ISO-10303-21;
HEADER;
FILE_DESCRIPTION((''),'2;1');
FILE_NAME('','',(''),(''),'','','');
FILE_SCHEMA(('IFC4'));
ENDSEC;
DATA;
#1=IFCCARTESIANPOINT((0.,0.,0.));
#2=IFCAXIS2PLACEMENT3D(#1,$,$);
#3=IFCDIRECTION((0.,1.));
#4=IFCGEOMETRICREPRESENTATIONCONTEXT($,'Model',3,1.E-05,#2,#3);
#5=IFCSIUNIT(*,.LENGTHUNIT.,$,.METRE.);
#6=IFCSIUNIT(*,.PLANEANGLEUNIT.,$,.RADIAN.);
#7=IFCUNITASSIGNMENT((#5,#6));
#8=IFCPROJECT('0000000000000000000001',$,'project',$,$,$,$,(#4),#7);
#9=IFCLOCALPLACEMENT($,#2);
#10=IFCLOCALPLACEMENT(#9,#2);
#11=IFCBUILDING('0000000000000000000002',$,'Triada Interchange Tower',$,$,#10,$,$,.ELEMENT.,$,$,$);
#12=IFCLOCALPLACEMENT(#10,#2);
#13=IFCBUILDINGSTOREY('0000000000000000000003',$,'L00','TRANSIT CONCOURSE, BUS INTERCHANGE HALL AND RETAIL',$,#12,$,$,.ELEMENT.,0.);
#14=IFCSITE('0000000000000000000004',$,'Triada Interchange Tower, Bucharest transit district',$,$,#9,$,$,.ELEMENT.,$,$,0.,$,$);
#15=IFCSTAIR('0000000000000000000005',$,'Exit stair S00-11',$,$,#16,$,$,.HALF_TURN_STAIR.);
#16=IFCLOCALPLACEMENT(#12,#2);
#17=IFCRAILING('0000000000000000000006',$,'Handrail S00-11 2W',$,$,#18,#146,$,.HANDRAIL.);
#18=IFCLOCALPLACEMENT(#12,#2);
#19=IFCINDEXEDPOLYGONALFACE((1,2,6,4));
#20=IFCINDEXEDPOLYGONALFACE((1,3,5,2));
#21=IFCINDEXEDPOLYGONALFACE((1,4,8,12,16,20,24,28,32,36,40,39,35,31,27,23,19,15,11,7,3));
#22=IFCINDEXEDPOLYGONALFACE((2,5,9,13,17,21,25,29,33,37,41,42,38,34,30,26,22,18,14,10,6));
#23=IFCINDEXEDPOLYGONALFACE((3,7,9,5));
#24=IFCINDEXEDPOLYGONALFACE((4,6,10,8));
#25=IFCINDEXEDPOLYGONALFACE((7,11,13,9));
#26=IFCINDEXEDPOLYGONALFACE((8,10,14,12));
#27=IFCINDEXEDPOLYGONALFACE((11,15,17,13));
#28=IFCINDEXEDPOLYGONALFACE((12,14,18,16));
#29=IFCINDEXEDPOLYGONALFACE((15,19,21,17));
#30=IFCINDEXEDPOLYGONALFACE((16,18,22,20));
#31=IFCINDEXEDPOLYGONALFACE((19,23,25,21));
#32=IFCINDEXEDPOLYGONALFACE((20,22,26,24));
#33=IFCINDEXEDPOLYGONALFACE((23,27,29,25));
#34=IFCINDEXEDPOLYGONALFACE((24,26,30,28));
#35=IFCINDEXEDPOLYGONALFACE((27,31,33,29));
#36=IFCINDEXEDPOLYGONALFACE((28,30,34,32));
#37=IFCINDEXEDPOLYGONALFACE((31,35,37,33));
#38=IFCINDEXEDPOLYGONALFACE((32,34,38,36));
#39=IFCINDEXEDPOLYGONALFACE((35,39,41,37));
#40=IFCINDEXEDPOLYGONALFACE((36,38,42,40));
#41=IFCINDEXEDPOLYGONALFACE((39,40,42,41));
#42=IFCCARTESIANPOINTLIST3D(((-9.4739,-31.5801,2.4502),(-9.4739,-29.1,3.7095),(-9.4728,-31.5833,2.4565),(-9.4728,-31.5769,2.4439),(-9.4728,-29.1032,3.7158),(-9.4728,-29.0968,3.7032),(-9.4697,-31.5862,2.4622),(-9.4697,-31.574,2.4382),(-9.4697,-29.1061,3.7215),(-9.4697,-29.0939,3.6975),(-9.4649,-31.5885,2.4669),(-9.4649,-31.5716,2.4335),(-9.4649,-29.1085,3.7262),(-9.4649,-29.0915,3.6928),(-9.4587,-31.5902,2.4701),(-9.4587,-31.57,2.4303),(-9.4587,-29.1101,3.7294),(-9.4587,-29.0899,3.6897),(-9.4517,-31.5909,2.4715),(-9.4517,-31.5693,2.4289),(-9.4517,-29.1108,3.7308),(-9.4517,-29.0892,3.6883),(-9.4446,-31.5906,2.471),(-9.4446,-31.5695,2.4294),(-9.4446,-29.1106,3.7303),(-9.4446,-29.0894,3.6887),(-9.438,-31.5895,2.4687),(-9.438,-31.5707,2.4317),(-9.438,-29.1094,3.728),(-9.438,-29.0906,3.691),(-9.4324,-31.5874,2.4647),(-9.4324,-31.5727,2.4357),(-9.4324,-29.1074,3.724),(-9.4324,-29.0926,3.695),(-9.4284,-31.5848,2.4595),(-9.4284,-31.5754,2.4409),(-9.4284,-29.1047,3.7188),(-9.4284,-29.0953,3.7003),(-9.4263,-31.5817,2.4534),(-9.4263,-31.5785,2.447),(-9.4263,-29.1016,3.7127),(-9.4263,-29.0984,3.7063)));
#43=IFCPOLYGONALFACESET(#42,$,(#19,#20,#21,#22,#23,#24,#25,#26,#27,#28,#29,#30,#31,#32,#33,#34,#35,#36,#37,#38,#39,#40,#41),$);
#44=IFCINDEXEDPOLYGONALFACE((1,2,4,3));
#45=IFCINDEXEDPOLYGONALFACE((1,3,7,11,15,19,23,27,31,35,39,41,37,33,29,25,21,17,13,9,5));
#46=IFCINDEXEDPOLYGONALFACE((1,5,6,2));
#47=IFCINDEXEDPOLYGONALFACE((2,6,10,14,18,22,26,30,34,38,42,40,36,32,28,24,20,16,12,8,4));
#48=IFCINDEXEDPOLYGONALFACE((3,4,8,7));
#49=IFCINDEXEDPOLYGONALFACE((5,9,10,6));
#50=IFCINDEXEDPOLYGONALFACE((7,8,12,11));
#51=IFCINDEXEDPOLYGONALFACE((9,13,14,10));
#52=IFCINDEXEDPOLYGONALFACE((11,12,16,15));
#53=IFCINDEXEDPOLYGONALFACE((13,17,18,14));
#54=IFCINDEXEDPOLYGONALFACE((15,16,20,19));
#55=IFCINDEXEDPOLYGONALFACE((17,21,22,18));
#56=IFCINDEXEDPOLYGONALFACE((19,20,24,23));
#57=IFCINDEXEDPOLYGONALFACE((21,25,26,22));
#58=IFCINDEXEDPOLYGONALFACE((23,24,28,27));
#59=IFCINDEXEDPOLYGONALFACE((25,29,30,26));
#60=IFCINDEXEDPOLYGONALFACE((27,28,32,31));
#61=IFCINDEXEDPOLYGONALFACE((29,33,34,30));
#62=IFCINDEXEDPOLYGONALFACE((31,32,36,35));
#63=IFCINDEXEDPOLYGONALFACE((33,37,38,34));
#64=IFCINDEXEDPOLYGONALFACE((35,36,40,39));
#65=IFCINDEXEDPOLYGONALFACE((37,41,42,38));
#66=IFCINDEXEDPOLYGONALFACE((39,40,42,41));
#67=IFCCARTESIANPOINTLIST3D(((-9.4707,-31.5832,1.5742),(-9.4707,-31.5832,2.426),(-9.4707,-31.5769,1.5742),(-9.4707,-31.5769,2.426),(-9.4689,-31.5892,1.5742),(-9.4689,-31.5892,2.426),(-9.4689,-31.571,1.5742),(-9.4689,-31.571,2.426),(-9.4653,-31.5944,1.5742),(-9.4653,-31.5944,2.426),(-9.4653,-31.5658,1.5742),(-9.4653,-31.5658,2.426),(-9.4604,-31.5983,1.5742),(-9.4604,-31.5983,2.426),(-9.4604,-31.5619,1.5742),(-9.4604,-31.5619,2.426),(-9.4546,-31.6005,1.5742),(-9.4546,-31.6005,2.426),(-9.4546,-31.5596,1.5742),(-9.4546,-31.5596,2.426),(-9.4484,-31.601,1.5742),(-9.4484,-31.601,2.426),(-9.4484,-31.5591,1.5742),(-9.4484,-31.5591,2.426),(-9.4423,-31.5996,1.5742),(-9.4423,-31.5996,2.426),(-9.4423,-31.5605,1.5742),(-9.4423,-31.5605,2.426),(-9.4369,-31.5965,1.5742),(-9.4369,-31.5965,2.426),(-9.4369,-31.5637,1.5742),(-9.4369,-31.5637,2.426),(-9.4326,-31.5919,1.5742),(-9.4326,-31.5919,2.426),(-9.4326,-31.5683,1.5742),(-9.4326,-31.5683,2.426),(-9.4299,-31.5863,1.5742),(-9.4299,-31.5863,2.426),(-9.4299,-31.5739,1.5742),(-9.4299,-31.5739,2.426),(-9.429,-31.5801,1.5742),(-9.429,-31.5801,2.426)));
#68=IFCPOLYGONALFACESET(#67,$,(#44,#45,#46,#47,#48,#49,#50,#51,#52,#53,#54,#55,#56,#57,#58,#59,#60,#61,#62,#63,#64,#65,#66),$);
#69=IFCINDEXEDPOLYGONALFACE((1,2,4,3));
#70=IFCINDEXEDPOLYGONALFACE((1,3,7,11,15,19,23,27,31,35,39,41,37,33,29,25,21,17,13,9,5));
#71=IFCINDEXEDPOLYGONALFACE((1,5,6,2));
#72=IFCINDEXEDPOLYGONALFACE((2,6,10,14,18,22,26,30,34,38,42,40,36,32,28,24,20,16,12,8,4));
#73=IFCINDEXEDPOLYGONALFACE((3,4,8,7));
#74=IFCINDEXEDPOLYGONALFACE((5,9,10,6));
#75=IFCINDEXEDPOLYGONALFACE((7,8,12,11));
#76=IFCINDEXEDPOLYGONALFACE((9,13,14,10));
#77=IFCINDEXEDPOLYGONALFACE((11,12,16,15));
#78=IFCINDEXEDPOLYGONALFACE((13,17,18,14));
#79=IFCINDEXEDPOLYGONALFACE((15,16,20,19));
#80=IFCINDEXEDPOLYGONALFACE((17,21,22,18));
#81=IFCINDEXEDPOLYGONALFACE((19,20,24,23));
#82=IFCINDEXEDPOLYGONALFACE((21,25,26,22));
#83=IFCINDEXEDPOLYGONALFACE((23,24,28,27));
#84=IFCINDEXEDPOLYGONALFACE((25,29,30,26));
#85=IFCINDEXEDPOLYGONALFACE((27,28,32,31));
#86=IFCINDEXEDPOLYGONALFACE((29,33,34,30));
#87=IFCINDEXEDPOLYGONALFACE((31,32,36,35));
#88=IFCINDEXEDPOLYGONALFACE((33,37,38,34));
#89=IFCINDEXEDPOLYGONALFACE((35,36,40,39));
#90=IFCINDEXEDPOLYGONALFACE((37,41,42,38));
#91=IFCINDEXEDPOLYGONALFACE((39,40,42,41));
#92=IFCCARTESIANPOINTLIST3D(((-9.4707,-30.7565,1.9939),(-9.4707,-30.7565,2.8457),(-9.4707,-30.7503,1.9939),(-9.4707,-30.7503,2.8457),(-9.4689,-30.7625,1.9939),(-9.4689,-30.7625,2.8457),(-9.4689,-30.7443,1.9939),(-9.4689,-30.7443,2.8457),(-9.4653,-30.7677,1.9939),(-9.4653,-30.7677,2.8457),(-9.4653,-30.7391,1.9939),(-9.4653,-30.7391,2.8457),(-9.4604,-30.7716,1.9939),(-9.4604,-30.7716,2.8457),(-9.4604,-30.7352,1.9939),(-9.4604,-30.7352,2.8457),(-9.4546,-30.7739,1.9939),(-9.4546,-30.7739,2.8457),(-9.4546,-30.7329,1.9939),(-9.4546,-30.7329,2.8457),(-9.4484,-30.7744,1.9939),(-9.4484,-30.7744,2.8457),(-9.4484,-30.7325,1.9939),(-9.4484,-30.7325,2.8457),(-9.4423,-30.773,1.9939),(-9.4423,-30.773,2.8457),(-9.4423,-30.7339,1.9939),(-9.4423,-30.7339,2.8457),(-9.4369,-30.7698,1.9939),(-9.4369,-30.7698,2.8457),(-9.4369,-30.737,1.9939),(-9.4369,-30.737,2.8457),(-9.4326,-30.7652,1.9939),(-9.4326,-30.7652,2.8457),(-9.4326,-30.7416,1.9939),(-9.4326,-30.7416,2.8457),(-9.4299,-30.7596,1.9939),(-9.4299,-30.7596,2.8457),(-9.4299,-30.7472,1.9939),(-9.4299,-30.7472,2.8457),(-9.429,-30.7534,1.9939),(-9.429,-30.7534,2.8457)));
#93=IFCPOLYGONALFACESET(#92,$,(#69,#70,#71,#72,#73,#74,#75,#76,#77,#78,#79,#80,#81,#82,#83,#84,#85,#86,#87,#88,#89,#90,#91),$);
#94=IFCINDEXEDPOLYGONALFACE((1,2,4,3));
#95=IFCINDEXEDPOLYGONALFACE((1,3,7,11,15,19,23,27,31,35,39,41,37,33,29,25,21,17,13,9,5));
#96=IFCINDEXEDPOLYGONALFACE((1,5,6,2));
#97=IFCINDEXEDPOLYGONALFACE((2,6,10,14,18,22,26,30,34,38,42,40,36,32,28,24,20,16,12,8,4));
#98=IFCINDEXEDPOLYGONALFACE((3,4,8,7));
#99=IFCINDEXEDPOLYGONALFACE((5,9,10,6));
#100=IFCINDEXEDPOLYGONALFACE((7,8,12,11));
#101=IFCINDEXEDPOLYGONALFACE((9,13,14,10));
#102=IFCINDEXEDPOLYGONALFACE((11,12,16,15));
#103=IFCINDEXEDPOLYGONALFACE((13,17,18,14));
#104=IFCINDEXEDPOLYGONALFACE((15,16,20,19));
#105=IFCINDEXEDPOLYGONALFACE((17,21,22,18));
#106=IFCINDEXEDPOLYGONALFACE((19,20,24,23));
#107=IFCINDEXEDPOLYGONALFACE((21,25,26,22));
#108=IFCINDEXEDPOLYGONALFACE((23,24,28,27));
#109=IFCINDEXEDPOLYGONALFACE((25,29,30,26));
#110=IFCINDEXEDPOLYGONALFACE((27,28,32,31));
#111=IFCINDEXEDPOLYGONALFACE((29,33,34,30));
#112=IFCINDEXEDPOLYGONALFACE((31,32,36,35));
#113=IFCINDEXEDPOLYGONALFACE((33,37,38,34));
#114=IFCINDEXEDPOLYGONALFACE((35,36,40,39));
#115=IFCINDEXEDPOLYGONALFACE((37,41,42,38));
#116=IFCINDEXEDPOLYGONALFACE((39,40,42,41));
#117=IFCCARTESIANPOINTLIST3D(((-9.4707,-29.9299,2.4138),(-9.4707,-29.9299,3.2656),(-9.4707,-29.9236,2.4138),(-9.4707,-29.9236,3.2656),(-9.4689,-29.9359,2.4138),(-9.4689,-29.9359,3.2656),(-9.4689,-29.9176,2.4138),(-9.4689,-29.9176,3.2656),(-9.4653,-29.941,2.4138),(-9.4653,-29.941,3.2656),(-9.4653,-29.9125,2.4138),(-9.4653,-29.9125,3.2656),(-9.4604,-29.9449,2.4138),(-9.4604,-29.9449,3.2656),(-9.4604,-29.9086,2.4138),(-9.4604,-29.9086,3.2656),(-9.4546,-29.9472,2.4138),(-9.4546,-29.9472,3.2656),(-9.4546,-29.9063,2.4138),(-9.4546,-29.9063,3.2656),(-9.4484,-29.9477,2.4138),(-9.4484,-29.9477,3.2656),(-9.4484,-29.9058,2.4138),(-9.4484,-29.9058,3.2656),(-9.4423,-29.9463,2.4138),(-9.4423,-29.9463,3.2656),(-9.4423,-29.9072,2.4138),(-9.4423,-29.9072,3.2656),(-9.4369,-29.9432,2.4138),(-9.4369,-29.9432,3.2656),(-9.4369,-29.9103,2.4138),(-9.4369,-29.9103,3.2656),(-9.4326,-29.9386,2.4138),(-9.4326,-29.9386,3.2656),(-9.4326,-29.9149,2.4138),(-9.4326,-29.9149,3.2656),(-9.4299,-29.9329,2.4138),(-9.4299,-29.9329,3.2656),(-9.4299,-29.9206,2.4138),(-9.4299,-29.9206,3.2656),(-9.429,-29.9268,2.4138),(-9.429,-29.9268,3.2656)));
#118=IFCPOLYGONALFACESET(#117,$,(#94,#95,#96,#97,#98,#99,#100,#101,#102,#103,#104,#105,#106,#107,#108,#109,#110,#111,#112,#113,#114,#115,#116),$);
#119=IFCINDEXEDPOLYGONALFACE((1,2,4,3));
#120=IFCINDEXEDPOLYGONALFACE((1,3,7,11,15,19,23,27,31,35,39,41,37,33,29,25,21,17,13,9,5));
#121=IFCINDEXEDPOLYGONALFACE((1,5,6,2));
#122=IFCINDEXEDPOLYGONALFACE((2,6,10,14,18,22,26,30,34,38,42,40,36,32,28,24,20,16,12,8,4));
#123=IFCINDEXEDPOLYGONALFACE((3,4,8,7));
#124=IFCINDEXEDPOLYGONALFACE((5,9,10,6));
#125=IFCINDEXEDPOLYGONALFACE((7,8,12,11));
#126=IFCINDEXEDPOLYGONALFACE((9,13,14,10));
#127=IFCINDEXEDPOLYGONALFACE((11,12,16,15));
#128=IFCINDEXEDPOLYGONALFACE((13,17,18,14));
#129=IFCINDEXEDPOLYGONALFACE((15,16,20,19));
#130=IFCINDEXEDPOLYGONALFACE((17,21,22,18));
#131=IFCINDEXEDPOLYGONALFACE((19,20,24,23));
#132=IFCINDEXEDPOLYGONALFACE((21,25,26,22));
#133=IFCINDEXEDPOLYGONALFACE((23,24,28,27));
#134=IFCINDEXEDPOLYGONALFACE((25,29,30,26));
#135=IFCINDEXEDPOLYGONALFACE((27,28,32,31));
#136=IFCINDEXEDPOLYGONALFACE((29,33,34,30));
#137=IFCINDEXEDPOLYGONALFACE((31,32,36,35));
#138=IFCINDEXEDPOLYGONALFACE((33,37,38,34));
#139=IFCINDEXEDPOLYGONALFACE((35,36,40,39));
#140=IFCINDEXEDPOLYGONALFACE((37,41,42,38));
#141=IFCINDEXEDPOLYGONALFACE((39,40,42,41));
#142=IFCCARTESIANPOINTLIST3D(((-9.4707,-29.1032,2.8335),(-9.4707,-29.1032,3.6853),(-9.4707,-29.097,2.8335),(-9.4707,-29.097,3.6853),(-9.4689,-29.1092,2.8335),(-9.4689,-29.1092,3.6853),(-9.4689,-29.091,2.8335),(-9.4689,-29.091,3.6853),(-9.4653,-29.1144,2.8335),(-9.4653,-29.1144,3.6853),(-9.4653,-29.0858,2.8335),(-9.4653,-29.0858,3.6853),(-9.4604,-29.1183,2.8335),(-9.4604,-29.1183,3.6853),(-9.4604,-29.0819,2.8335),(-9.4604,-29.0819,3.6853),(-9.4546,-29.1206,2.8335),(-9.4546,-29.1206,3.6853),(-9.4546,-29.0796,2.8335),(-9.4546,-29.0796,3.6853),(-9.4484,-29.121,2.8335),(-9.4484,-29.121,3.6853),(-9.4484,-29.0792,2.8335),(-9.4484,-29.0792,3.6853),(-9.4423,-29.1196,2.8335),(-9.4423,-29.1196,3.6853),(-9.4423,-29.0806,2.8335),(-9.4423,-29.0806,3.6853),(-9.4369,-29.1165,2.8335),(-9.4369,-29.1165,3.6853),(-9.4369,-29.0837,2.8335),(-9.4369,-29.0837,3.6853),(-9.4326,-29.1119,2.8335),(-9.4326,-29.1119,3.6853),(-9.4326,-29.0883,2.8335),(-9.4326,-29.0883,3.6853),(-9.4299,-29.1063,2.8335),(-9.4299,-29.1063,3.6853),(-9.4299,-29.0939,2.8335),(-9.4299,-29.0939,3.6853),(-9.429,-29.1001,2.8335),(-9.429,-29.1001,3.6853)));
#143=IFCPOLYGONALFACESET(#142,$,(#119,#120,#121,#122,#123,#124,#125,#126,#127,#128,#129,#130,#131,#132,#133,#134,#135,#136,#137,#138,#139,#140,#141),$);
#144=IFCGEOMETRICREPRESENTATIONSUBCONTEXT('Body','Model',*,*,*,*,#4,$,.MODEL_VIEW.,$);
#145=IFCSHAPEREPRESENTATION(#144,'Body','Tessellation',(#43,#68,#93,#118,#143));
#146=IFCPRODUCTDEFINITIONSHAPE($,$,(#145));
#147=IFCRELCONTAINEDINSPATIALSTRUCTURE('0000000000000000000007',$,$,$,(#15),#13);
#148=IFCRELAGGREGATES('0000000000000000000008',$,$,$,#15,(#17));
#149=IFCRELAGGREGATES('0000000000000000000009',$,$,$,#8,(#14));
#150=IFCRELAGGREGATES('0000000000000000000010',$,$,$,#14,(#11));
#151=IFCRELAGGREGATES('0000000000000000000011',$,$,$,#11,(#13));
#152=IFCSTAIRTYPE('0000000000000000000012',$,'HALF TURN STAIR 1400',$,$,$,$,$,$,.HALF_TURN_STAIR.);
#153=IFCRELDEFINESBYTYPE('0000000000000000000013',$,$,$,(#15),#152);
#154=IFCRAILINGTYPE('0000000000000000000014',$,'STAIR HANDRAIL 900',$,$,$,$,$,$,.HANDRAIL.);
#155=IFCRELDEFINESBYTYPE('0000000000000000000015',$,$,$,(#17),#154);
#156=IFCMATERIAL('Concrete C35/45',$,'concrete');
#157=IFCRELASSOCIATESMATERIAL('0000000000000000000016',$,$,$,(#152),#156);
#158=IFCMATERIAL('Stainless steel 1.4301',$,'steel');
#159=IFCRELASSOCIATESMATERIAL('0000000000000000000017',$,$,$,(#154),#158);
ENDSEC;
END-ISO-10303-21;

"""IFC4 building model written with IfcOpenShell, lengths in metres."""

from ifc_helpers import new_model, si_unit, direction, frame, origin, origin_2d, place, context, subcontext, project, spatial, circle, extrude, material, type_object, element, aggregate, save


model = new_model("IFC4")

# Units and contexts
model_context = context("Model", 3, precision=1e-05, world=origin(), true_north=direction((0.0, 1.0)))
body_context = subcontext(model_context, "Body", "Model", "MODEL_VIEW")
ifc_project = project(units=[si_unit("LENGTHUNIT", "METRE"), si_unit("PLANEANGLEUNIT", "RADIAN")], contexts=[model_context])

# Site, building, storey
site_placement = place(None, origin())
site = spatial("IfcSite", under=ifc_project, at=site_placement, Name="Triada Interchange Tower, Bucharest transit district", CompositionType="ELEMENT", RefElevation=0.0)
building_placement = place(site_placement, origin())
building = spatial("IfcBuilding", under=site, at=building_placement, Name="Triada Interchange Tower", CompositionType="ELEMENT")
storey_placement = place(building_placement, origin())
storey = spatial("IfcBuildingStorey", under=building, at=storey_placement, Name="L00", Description="TRANSIT CONCOURSE, BUS INTERCHANGE HALL AND RETAIL", CompositionType="ELEMENT", Elevation=0.0)

# Shared definitions
ifc_material_1 = material(Name="Concrete C35/45", Category="concrete")

# Stair
stair_type = type_object("IfcStairType", Name="HALF TURN STAIR 1400", PredefinedType="HALF_TURN_STAIR", material=ifc_material_1)
stair_1_placement = place(storey_placement, origin())
stair_1 = element("IfcStair", 1, at=stair_1_placement, inside=storey, type_object=stair_type, Name="Exit stair S00-11", PredefinedType="HALF_TURN_STAIR")

# Railing
ifc_material_2 = material(Name="Stainless steel 1.4301", Category="steel")
railing_type_1 = type_object("IfcRailingType", Name="STAIR HANDRAIL 900", PredefinedType="HANDRAIL", material=ifc_material_2)
railing_1_placement = place(storey_placement, frame((-9.45, -31.5801, 1.5742)))
railing_1 = element("IfcRailing", 2, at=railing_1_placement, type_object=railing_type_1, Name="Handrail S00-11 2W", PredefinedType="HANDRAIL", context=body_context, shape_type="SweptSolid", body=[
    extrude(circle(Radius=0.0239, at=origin_2d()), frame((0.0, 0.0, 0.876), z_axis=(0.0, 0.891636, 0.452752), x_axis=(-1.0, 0.0, 0.0)), (0.0, 0.0, 1.0), 2.7815),
    extrude(circle(Radius=0.021, at=origin_2d()), origin(), (0.0, 0.0, 1.0), 0.8518),
    extrude(circle(Radius=0.021, at=origin_2d()), frame((0.0, 0.8267, 0.4197)), (0.0, 0.0, 1.0), 0.8518),
    extrude(circle(Radius=0.021, at=origin_2d()), frame((0.0, 1.6533, 0.8396)), (0.0, 0.0, 1.0), 0.8518),
    extrude(circle(Radius=0.021, at=origin_2d()), frame((0.0, 2.48, 1.2593)), (0.0, 0.0, 1.0), 0.8518),
])
aggregate(stair_1, [railing_1])

save(model, "model.ifc")
